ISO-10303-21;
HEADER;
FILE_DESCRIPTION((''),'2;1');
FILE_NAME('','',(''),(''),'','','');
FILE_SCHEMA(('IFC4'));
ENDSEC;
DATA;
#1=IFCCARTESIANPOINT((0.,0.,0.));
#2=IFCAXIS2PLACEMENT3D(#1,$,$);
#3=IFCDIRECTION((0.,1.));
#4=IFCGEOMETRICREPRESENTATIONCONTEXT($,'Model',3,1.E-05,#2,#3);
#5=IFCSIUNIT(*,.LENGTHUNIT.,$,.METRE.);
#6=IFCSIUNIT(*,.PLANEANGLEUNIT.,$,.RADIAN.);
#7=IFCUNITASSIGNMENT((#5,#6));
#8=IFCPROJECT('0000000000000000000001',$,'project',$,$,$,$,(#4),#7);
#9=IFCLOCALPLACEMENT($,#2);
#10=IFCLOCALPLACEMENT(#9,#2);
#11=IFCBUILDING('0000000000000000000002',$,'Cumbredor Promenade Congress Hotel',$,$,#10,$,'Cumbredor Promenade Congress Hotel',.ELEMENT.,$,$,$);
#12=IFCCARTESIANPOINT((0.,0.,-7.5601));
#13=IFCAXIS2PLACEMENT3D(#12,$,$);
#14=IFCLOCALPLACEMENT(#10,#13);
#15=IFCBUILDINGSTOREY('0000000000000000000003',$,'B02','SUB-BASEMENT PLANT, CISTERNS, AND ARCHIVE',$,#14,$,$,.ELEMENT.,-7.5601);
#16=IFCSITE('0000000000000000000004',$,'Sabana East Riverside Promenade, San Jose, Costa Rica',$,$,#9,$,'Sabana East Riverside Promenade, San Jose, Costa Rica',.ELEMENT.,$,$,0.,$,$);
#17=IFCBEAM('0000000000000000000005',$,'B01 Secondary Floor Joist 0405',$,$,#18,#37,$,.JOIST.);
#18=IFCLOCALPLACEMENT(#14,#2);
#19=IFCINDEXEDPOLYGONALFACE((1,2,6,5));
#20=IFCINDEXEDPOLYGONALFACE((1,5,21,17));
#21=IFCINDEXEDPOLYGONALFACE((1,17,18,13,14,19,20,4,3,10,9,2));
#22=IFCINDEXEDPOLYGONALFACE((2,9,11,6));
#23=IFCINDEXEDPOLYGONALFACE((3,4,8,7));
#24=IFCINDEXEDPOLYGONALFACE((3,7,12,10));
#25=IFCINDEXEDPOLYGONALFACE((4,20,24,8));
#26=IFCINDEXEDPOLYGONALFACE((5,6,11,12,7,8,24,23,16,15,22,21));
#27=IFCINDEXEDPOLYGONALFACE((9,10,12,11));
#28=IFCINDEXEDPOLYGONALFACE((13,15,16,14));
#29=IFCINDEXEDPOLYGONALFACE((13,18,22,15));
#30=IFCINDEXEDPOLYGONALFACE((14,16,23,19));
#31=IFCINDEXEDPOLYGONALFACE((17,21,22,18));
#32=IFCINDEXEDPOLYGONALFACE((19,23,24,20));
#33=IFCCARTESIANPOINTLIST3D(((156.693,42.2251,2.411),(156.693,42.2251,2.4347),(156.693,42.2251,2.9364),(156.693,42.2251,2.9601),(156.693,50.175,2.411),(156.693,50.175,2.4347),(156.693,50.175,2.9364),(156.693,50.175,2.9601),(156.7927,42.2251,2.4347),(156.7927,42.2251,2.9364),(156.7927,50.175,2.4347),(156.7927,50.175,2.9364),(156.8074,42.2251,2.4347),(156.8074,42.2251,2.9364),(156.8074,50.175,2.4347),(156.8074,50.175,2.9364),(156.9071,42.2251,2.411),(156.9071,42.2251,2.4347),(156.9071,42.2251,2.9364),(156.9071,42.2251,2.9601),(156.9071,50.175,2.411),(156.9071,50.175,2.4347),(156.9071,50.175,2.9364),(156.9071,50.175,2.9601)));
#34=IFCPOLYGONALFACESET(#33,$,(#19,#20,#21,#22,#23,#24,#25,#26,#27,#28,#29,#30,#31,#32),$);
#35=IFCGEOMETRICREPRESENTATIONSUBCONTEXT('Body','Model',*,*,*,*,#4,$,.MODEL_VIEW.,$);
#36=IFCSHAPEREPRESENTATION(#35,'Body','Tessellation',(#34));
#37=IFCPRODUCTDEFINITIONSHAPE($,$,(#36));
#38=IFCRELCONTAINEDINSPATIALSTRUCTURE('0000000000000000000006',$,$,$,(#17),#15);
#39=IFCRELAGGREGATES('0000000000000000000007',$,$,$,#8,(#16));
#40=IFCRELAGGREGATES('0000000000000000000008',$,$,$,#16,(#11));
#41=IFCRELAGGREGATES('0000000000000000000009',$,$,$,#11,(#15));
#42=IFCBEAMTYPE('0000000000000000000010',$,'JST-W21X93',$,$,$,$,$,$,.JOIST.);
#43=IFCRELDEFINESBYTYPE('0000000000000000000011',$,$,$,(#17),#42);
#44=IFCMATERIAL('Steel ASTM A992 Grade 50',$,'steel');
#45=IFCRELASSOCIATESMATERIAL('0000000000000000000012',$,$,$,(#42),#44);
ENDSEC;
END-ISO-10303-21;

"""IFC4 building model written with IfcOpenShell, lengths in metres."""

from ifc_helpers import new_model, si_unit, direction, frame, origin, origin_2d, place, context, subcontext, project, spatial, i_section, extrude, material, material_profile, profile_set, type_object, element, save


model = new_model("IFC4")

# Units and contexts
model_context = context("Model", 3, precision=1e-05, world=origin(), true_north=direction((0.0, 1.0)))
body_context = subcontext(model_context, "Body", "Model", "MODEL_VIEW")
ifc_project = project(units=[si_unit("LENGTHUNIT", "METRE"), si_unit("PLANEANGLEUNIT", "RADIAN")], contexts=[model_context])

# Site, building, storey
site_placement = place(None, origin())
site = spatial("IfcSite", under=ifc_project, at=site_placement, Name="Sabana East Riverside Promenade, San Jose, Costa Rica", LongName="Sabana East Riverside Promenade, San Jose, Costa Rica", CompositionType="ELEMENT", RefElevation=0.0)
building_placement = place(site_placement, origin())
building = spatial("IfcBuilding", under=site, at=building_placement, Name="Cumbredor Promenade Congress Hotel", LongName="Cumbredor Promenade Congress Hotel", CompositionType="ELEMENT")
storey_placement = place(building_placement, frame((0.0, 0.0, -7.5601)))
storey = spatial("IfcBuildingStorey", under=building, at=storey_placement, Name="B02", Description="SUB-BASEMENT PLANT, CISTERNS, AND ARCHIVE", CompositionType="ELEMENT", Elevation=-7.5601)

# Beam
ifc_material_1 = material(Name="Steel ASTM A992 Grade 50", Category="steel")
ifc_material_profile_1 = material_profile(ifc_material_1, i_section(OverallWidth=0.2141, OverallDepth=0.5491, WebThickness=0.0146, FlangeThickness=0.0237, at=origin_2d()), Name="W21X93")
ifc_profile_set_1 = profile_set([ifc_material_profile_1], Name="Steel ASTM A992 Grade 50")
beam_type_1 = type_object("IfcBeamType", Name="JST-W21X93", PredefinedType="JOIST", material=ifc_profile_set_1)
for number, where, z_axis, x_axis, name in (
    (1, (156.8, 42.2251, 2.6855), (0.0, 1.0, 0.0), (-1.0, 0.0, 0.0), "B01 Secondary Floor Joist 0405"),
):
    element("IfcBeam", number, at=place(storey_placement, frame(where, z_axis=z_axis, x_axis=x_axis)), inside=storey, type_object=beam_type_1, Name=name, PredefinedType="JOIST", context=body_context, shape_type="SweptSolid", body=[
        extrude(i_section(OverallWidth=0.2141, OverallDepth=0.5491, WebThickness=0.0146, FlangeThickness=0.0237, at=origin_2d()), origin(), (0.0, 0.0, 1.0), 7.95),
    ])

save(model, "model.ifc")
